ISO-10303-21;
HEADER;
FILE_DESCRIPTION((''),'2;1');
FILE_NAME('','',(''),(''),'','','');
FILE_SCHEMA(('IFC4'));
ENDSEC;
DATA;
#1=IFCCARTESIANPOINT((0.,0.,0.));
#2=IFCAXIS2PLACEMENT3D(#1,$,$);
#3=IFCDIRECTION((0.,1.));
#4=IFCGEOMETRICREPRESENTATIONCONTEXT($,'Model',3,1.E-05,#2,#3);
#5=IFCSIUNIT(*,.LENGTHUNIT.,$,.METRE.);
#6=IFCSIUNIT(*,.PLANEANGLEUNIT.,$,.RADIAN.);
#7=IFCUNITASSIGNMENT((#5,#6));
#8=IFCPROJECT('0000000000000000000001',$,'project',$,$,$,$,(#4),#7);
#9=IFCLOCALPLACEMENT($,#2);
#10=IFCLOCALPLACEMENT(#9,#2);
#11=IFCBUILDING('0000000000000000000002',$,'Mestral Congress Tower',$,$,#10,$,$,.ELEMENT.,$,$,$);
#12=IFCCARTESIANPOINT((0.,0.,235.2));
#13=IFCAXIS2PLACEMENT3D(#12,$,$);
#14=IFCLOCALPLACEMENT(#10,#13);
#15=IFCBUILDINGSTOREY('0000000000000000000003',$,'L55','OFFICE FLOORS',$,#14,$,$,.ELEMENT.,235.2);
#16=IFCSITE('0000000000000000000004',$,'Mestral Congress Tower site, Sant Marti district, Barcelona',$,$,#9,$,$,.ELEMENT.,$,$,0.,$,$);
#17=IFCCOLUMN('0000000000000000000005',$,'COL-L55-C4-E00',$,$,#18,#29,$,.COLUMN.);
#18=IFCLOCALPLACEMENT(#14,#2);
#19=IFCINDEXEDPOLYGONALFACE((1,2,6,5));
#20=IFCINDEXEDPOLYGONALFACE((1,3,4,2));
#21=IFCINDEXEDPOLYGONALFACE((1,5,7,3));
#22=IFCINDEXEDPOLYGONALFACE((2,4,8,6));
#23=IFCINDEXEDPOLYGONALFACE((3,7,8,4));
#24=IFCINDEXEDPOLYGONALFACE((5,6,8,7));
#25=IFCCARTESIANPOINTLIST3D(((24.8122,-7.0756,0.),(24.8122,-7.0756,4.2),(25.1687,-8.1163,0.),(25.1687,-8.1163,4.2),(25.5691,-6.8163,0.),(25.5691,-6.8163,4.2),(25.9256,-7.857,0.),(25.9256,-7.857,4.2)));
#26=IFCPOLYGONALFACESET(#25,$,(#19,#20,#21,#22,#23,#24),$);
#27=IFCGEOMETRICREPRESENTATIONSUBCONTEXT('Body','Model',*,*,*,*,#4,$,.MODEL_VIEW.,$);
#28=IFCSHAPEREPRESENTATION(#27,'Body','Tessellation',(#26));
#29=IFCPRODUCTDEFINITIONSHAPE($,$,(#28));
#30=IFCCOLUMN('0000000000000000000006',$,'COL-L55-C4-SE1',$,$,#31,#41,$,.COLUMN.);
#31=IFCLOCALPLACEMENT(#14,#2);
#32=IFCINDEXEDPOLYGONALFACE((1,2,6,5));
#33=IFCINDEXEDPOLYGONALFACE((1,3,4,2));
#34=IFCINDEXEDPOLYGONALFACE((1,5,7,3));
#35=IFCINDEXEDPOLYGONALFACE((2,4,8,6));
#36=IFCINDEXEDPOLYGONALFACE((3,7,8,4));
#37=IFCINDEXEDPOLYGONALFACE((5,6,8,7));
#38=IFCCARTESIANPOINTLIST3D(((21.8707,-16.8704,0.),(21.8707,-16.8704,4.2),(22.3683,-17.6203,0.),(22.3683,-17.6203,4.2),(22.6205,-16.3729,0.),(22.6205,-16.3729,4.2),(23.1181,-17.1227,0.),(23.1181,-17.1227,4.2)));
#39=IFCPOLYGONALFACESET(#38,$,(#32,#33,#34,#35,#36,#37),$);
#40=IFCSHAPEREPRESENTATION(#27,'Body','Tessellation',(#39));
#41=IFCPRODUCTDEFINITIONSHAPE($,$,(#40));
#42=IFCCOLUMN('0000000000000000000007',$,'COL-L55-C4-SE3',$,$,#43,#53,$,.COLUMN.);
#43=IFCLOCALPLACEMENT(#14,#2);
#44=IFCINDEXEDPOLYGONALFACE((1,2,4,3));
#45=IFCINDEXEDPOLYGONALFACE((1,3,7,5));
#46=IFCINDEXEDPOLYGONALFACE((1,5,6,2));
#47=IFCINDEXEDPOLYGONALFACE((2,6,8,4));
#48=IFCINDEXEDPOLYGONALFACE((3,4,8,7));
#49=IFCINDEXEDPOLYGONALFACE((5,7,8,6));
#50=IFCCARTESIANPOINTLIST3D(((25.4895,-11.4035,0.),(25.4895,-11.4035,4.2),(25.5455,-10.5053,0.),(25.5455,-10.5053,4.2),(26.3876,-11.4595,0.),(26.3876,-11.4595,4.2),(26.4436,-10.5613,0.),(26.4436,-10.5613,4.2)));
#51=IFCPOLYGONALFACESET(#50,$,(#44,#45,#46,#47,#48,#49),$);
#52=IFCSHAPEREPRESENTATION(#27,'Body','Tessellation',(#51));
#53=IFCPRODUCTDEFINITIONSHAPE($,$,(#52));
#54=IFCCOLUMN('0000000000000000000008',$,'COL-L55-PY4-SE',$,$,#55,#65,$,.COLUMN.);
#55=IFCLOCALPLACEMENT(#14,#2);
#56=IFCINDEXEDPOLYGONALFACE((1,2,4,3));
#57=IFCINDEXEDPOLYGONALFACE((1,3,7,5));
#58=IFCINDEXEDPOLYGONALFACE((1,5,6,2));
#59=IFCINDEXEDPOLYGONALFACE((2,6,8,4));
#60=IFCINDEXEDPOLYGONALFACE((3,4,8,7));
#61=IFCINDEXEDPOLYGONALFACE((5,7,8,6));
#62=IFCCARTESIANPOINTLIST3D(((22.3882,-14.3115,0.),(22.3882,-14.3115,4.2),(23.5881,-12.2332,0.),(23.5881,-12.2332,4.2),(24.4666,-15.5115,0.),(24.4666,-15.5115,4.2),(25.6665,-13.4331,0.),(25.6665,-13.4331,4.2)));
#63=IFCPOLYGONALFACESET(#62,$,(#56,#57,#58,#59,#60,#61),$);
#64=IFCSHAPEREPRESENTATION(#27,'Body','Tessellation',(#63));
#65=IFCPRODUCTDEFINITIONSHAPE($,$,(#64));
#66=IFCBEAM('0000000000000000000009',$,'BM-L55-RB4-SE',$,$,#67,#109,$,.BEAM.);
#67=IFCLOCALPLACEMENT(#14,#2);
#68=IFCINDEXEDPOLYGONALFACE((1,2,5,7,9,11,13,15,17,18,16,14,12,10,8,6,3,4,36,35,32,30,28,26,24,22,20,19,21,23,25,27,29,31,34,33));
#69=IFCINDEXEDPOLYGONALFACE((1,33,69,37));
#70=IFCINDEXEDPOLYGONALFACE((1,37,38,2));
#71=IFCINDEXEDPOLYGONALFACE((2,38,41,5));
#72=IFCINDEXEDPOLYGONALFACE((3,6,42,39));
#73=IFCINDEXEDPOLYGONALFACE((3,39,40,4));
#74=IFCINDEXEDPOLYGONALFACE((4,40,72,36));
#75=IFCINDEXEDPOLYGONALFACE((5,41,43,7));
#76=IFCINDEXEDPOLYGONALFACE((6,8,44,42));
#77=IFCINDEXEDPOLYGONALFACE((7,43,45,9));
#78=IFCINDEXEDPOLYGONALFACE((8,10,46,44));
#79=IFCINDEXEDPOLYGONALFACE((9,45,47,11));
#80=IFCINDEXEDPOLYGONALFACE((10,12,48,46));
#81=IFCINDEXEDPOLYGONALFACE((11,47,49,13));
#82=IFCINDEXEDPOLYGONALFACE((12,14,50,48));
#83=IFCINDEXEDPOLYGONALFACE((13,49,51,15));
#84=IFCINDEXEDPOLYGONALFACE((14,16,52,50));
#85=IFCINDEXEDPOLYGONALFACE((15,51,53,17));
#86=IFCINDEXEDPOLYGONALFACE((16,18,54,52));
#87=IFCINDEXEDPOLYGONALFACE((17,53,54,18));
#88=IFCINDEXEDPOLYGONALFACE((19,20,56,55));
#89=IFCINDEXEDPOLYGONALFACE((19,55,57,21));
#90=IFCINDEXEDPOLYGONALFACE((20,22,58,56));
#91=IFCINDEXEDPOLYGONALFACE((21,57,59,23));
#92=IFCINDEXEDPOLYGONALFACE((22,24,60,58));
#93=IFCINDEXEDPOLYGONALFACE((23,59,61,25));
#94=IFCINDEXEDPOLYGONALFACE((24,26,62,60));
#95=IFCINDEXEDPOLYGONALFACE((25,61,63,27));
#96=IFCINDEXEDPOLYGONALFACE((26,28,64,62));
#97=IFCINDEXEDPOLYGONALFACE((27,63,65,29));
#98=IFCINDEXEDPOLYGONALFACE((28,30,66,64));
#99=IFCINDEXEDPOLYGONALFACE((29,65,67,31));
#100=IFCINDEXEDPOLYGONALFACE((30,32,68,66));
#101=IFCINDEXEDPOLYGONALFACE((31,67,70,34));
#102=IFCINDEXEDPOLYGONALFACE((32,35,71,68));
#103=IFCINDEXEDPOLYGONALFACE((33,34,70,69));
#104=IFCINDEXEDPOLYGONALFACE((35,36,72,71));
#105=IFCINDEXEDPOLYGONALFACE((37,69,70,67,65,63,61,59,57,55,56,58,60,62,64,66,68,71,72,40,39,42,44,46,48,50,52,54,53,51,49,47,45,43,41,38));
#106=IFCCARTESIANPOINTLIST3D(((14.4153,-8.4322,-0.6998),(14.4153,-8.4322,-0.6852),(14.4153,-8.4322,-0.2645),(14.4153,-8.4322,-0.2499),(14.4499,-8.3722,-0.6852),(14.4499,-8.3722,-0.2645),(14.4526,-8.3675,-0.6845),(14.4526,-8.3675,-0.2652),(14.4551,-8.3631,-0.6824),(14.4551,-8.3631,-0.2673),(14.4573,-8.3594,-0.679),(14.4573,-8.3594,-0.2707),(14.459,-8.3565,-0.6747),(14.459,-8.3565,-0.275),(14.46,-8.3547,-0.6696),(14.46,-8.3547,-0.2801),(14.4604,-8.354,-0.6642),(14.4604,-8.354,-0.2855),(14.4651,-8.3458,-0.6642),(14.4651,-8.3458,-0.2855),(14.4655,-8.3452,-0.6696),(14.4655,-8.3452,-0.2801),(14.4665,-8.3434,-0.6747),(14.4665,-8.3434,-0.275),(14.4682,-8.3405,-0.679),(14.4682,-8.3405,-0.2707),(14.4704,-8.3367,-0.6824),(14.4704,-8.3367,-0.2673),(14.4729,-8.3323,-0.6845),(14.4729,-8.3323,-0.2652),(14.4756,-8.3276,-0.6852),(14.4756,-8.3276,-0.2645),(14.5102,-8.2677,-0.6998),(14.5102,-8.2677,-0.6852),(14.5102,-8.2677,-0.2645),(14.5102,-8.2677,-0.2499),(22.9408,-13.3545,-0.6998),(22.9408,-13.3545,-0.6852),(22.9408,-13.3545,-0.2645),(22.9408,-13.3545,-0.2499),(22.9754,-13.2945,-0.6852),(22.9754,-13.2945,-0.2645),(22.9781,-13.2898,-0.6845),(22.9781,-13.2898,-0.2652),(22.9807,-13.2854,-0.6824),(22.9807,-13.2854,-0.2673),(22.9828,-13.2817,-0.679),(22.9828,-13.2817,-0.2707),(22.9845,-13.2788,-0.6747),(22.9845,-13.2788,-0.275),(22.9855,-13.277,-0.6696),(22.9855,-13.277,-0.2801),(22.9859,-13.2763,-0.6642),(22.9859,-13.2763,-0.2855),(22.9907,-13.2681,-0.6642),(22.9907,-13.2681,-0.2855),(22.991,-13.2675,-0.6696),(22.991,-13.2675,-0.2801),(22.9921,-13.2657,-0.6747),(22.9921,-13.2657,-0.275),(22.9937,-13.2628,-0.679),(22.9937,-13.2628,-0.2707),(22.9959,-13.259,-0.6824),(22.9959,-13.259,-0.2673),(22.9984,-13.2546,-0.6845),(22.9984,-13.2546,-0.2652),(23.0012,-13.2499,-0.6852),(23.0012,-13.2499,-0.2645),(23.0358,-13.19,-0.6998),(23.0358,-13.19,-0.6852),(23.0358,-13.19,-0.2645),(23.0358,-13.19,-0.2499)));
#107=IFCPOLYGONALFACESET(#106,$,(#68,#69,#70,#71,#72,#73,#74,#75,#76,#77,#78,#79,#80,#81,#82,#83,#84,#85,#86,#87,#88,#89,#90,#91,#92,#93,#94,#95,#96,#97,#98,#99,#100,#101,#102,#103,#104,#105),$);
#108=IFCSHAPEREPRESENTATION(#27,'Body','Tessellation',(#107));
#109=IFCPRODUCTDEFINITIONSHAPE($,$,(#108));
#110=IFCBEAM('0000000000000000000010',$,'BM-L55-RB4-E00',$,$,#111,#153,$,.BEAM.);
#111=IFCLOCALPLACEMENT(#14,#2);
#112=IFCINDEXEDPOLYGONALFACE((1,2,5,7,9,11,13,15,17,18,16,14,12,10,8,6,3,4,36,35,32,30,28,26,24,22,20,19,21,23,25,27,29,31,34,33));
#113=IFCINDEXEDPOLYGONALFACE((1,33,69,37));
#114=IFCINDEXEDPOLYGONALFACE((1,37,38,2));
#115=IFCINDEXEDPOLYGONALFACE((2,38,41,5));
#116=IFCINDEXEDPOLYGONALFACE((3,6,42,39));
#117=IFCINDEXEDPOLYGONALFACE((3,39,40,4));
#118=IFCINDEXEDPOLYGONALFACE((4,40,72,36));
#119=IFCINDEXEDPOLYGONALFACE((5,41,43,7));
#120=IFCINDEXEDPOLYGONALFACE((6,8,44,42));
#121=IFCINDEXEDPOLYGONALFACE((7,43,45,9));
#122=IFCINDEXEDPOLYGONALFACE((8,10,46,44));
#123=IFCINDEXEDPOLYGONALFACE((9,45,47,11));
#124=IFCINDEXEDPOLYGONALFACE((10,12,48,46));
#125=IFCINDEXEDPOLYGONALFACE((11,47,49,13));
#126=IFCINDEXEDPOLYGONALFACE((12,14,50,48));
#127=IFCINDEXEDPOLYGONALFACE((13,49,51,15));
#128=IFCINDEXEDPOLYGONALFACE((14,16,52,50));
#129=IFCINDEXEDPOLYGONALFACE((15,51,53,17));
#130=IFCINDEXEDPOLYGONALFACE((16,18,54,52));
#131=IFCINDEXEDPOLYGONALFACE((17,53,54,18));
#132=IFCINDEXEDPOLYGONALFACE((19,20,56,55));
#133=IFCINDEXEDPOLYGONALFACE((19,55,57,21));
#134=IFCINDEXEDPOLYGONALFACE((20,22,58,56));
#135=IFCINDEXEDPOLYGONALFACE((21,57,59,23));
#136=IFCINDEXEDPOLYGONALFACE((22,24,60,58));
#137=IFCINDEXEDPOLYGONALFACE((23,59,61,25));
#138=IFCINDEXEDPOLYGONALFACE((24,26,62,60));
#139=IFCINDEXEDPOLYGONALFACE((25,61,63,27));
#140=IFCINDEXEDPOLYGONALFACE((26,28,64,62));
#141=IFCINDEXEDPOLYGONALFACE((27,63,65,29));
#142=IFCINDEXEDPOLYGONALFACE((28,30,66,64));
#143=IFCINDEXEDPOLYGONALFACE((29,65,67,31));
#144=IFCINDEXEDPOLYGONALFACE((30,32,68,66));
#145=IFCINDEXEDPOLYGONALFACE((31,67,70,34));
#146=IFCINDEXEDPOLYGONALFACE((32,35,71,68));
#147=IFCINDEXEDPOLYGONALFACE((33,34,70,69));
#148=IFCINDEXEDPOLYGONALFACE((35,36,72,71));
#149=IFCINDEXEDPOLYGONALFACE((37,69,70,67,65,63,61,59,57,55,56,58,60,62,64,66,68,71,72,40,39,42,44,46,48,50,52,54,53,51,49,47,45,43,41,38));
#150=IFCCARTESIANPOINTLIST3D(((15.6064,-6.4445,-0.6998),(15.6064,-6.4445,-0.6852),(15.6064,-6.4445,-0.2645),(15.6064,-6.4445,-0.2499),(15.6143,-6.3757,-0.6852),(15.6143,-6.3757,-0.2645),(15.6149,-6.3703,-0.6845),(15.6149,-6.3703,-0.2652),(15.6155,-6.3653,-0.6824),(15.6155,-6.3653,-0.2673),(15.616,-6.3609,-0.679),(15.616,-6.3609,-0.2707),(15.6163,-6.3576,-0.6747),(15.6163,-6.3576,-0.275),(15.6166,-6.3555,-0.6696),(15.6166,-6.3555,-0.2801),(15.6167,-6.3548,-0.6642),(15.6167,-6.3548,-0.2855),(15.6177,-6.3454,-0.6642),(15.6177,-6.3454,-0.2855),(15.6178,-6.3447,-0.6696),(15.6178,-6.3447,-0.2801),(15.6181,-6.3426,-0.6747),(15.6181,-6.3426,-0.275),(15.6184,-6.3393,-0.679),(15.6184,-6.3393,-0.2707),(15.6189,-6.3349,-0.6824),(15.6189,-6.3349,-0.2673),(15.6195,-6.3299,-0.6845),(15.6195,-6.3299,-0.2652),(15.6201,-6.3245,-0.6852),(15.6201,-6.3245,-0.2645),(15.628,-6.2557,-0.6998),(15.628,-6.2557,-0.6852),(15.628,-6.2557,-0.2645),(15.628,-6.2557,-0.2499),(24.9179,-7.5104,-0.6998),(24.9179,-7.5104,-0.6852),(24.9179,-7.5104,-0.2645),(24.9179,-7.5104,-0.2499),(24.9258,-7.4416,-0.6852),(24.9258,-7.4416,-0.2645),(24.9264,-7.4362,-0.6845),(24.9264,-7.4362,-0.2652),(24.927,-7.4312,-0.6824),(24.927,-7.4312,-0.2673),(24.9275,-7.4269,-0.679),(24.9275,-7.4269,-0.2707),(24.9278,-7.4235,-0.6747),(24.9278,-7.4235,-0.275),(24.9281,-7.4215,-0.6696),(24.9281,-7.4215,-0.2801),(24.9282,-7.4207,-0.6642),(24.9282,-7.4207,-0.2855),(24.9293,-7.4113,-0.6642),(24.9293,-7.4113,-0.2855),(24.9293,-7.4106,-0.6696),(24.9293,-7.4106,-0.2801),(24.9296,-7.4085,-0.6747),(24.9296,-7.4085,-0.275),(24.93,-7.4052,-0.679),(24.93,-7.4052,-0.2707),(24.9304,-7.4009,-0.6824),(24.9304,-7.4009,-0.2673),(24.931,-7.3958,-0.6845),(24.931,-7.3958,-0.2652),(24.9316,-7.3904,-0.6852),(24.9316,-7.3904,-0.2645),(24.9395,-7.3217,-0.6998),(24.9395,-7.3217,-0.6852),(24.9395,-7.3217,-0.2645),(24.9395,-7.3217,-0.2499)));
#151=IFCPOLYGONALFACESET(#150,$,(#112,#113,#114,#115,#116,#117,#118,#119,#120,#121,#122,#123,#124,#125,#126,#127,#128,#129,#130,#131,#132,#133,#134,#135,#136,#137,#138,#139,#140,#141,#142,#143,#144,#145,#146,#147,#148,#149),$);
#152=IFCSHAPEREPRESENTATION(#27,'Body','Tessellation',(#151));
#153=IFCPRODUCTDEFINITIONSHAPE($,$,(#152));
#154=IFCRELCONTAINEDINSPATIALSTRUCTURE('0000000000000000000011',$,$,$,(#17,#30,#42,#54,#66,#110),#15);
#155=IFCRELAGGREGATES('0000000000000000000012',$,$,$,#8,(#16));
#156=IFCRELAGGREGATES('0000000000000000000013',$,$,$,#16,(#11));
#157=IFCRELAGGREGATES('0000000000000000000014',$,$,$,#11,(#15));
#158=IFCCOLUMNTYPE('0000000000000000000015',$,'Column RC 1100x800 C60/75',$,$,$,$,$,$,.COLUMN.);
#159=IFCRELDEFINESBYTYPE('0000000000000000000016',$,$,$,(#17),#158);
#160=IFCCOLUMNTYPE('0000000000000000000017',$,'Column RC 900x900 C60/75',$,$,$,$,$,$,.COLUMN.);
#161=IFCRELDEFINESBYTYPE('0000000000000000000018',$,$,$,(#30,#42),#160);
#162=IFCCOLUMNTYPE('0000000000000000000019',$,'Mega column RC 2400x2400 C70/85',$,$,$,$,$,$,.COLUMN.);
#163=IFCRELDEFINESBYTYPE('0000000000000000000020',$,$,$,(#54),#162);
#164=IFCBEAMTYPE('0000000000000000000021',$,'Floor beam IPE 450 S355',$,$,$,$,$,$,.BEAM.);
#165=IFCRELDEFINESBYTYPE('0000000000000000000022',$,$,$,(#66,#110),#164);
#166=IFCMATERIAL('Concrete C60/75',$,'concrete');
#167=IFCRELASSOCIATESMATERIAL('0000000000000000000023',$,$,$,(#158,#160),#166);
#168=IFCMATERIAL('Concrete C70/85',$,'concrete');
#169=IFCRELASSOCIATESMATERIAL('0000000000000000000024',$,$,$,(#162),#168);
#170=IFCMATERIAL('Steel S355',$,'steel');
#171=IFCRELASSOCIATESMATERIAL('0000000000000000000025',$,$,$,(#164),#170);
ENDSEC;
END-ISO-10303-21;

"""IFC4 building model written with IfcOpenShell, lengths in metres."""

from ifc_helpers import new_model, si_unit, direction, frame, origin, origin_2d, place, context, subcontext, project, spatial, rectangle, i_section, extrude, material, material_profile, profile_set, type_object, element, save


model = new_model("IFC4")

# Units and contexts
model_context = context("Model", 3, precision=1e-05, world=origin(), true_north=direction((0.0, 1.0)))
body_context = subcontext(model_context, "Body", "Model", "MODEL_VIEW")
ifc_project = project(units=[si_unit("LENGTHUNIT", "METRE"), si_unit("PLANEANGLEUNIT", "RADIAN")], contexts=[model_context])

# Site, building, storey
site_placement = place(None, origin())
site = spatial("IfcSite", under=ifc_project, at=site_placement, Name="Mestral Congress Tower site, Sant Marti district, Barcelona", CompositionType="ELEMENT", RefElevation=0.0)
building_placement = place(site_placement, origin())
building = spatial("IfcBuilding", under=site, at=building_placement, Name="Mestral Congress Tower", CompositionType="ELEMENT")
storey_placement = place(building_placement, frame((0.0, 0.0, 235.2)))
storey = spatial("IfcBuildingStorey", under=building, at=storey_placement, Name="L55", Description="OFFICE FLOORS", CompositionType="ELEMENT", Elevation=235.2)

# Columns
ifc_material_1 = material(Name="Concrete C60/75", Category="concrete")
ifc_material_profile_1 = material_profile(ifc_material_1, rectangle(XDim=1.1001, YDim=0.8, at=origin_2d()), Name="RC 1100x800")
ifc_profile_set_1 = profile_set([ifc_material_profile_1], Name="Concrete C60/75")
column_type_1 = type_object("IfcColumnType", Name="Column RC 1100x800 C60/75", PredefinedType="COLUMN", material=ifc_profile_set_1)
column_1_placement = place(storey_placement, frame((25.3689, -7.4663, 0.0), z_axis=(0.0, 0.0, 1.0), x_axis=(-0.324074, 0.946032, 0.0)))
element("IfcColumn", 1, at=column_1_placement, inside=storey, type_object=column_type_1, Name="COL-L55-C4-E00", PredefinedType="COLUMN", context=body_context, shape_type="SweptSolid", body=[
    extrude(rectangle(XDim=1.1001, YDim=0.8, at=origin_2d()), origin(), (0.0, 0.0, 1.0), 4.2),
])
ifc_material_profile_2 = material_profile(ifc_material_1, rectangle(XDim=0.8999, YDim=0.8999, at=origin_2d()), Name="RC 900x900")
ifc_profile_set_2 = profile_set([ifc_material_profile_2], Name="Concrete C60/75")
column_type_2 = type_object("IfcColumnType", Name="Column RC 900x900 C60/75", PredefinedType="COLUMN", material=ifc_profile_set_2)
for number, where, z_axis, x_axis, name in (
    (2, (22.4944, -16.9966, 0.0), (0.0, 0.0, 1.0), (0.833239, 0.552913, 0.0), "COL-L55-C4-SE1"),
    (3, (25.9666, -10.9824, 0.0), (0.0, 0.0, 1.0), (0.062217, 0.998063, 0.0), "COL-L55-C4-SE3"),
):
    element("IfcColumn", number, at=place(storey_placement, frame(where, z_axis=z_axis, x_axis=x_axis)), inside=storey, type_object=column_type_2, Name=name, PredefinedType="COLUMN", context=body_context, shape_type="SweptSolid", body=[
        extrude(rectangle(XDim=0.8999, YDim=0.8999, at=origin_2d()), origin(), (0.0, 0.0, 1.0), 4.2),
    ])
ifc_material_2 = material(Name="Concrete C70/85", Category="concrete")
ifc_material_profile_3 = material_profile(ifc_material_2, rectangle(XDim=2.3999, YDim=2.3999, at=origin_2d()), Name="RC 2400x2400")
ifc_profile_set_3 = profile_set([ifc_material_profile_3], Name="Concrete C70/85")
column_type_3 = type_object("IfcColumnType", Name="Mega column RC 2400x2400 C70/85", PredefinedType="COLUMN", material=ifc_profile_set_3)
column_2_placement = place(storey_placement, frame((24.0273, -13.8723, 0.0), z_axis=(0.0, 0.0, 1.0), x_axis=(0.866025, -0.5, 0.0)))
element("IfcColumn", 4, at=column_2_placement, inside=storey, type_object=column_type_3, Name="COL-L55-PY4-SE", PredefinedType="COLUMN", context=body_context, shape_type="SweptSolid", body=[
    extrude(rectangle(XDim=2.3999, YDim=2.3999, at=origin_2d()), origin(), (0.0, 0.0, 1.0), 4.2),
])

# Beams
ifc_material_3 = material(Name="Steel S355", Category="steel")
ifc_material_profile_4 = material_profile(ifc_material_3, i_section(OverallWidth=0.1899, OverallDepth=0.45, WebThickness=0.0095, FlangeThickness=0.0146, FilletRadius=0.021, at=origin_2d()), Name="IPE 450")
ifc_profile_set_4 = profile_set([ifc_material_profile_4], Name="Steel S355")
beam_type_1 = type_object("IfcBeamType", Name="Floor beam IPE 450 S355", PredefinedType="BEAM", material=ifc_profile_set_4)
beam_1_placement = place(storey_placement, frame((22.9883, -13.2722, -0.4749), z_axis=(-0.866022, 0.500007, 0.0), x_axis=(-0.500007, -0.866022, 0.0)))
element("IfcBeam", 5, at=beam_1_placement, inside=storey, type_object=beam_type_1, Name="BM-L55-RB4-SE", PredefinedType="BEAM", context=body_context, shape_type="SweptSolid", body=[
    extrude(i_section(OverallWidth=0.1899, OverallDepth=0.45, WebThickness=0.0095, FlangeThickness=0.0146, FilletRadius=0.021, at=origin_2d()), origin(), (0.0, 0.0, 1.0), 9.8445),
])
beam_2_placement = place(storey_placement, frame((24.9287, -7.416, -0.4749), z_axis=(-0.993512, 0.11373, 0.0), x_axis=(-0.11373, -0.993512, 0.0)))
element("IfcBeam", 6, at=beam_2_placement, inside=storey, type_object=beam_type_1, Name="BM-L55-RB4-E00", PredefinedType="BEAM", context=body_context, shape_type="SweptSolid", body=[
    extrude(i_section(OverallWidth=0.1899, OverallDepth=0.45, WebThickness=0.0095, FlangeThickness=0.0146, FilletRadius=0.021, at=origin_2d()), origin(), (0.0, 0.0, 1.0), 9.3723),
])

save(model, "model.ifc")
